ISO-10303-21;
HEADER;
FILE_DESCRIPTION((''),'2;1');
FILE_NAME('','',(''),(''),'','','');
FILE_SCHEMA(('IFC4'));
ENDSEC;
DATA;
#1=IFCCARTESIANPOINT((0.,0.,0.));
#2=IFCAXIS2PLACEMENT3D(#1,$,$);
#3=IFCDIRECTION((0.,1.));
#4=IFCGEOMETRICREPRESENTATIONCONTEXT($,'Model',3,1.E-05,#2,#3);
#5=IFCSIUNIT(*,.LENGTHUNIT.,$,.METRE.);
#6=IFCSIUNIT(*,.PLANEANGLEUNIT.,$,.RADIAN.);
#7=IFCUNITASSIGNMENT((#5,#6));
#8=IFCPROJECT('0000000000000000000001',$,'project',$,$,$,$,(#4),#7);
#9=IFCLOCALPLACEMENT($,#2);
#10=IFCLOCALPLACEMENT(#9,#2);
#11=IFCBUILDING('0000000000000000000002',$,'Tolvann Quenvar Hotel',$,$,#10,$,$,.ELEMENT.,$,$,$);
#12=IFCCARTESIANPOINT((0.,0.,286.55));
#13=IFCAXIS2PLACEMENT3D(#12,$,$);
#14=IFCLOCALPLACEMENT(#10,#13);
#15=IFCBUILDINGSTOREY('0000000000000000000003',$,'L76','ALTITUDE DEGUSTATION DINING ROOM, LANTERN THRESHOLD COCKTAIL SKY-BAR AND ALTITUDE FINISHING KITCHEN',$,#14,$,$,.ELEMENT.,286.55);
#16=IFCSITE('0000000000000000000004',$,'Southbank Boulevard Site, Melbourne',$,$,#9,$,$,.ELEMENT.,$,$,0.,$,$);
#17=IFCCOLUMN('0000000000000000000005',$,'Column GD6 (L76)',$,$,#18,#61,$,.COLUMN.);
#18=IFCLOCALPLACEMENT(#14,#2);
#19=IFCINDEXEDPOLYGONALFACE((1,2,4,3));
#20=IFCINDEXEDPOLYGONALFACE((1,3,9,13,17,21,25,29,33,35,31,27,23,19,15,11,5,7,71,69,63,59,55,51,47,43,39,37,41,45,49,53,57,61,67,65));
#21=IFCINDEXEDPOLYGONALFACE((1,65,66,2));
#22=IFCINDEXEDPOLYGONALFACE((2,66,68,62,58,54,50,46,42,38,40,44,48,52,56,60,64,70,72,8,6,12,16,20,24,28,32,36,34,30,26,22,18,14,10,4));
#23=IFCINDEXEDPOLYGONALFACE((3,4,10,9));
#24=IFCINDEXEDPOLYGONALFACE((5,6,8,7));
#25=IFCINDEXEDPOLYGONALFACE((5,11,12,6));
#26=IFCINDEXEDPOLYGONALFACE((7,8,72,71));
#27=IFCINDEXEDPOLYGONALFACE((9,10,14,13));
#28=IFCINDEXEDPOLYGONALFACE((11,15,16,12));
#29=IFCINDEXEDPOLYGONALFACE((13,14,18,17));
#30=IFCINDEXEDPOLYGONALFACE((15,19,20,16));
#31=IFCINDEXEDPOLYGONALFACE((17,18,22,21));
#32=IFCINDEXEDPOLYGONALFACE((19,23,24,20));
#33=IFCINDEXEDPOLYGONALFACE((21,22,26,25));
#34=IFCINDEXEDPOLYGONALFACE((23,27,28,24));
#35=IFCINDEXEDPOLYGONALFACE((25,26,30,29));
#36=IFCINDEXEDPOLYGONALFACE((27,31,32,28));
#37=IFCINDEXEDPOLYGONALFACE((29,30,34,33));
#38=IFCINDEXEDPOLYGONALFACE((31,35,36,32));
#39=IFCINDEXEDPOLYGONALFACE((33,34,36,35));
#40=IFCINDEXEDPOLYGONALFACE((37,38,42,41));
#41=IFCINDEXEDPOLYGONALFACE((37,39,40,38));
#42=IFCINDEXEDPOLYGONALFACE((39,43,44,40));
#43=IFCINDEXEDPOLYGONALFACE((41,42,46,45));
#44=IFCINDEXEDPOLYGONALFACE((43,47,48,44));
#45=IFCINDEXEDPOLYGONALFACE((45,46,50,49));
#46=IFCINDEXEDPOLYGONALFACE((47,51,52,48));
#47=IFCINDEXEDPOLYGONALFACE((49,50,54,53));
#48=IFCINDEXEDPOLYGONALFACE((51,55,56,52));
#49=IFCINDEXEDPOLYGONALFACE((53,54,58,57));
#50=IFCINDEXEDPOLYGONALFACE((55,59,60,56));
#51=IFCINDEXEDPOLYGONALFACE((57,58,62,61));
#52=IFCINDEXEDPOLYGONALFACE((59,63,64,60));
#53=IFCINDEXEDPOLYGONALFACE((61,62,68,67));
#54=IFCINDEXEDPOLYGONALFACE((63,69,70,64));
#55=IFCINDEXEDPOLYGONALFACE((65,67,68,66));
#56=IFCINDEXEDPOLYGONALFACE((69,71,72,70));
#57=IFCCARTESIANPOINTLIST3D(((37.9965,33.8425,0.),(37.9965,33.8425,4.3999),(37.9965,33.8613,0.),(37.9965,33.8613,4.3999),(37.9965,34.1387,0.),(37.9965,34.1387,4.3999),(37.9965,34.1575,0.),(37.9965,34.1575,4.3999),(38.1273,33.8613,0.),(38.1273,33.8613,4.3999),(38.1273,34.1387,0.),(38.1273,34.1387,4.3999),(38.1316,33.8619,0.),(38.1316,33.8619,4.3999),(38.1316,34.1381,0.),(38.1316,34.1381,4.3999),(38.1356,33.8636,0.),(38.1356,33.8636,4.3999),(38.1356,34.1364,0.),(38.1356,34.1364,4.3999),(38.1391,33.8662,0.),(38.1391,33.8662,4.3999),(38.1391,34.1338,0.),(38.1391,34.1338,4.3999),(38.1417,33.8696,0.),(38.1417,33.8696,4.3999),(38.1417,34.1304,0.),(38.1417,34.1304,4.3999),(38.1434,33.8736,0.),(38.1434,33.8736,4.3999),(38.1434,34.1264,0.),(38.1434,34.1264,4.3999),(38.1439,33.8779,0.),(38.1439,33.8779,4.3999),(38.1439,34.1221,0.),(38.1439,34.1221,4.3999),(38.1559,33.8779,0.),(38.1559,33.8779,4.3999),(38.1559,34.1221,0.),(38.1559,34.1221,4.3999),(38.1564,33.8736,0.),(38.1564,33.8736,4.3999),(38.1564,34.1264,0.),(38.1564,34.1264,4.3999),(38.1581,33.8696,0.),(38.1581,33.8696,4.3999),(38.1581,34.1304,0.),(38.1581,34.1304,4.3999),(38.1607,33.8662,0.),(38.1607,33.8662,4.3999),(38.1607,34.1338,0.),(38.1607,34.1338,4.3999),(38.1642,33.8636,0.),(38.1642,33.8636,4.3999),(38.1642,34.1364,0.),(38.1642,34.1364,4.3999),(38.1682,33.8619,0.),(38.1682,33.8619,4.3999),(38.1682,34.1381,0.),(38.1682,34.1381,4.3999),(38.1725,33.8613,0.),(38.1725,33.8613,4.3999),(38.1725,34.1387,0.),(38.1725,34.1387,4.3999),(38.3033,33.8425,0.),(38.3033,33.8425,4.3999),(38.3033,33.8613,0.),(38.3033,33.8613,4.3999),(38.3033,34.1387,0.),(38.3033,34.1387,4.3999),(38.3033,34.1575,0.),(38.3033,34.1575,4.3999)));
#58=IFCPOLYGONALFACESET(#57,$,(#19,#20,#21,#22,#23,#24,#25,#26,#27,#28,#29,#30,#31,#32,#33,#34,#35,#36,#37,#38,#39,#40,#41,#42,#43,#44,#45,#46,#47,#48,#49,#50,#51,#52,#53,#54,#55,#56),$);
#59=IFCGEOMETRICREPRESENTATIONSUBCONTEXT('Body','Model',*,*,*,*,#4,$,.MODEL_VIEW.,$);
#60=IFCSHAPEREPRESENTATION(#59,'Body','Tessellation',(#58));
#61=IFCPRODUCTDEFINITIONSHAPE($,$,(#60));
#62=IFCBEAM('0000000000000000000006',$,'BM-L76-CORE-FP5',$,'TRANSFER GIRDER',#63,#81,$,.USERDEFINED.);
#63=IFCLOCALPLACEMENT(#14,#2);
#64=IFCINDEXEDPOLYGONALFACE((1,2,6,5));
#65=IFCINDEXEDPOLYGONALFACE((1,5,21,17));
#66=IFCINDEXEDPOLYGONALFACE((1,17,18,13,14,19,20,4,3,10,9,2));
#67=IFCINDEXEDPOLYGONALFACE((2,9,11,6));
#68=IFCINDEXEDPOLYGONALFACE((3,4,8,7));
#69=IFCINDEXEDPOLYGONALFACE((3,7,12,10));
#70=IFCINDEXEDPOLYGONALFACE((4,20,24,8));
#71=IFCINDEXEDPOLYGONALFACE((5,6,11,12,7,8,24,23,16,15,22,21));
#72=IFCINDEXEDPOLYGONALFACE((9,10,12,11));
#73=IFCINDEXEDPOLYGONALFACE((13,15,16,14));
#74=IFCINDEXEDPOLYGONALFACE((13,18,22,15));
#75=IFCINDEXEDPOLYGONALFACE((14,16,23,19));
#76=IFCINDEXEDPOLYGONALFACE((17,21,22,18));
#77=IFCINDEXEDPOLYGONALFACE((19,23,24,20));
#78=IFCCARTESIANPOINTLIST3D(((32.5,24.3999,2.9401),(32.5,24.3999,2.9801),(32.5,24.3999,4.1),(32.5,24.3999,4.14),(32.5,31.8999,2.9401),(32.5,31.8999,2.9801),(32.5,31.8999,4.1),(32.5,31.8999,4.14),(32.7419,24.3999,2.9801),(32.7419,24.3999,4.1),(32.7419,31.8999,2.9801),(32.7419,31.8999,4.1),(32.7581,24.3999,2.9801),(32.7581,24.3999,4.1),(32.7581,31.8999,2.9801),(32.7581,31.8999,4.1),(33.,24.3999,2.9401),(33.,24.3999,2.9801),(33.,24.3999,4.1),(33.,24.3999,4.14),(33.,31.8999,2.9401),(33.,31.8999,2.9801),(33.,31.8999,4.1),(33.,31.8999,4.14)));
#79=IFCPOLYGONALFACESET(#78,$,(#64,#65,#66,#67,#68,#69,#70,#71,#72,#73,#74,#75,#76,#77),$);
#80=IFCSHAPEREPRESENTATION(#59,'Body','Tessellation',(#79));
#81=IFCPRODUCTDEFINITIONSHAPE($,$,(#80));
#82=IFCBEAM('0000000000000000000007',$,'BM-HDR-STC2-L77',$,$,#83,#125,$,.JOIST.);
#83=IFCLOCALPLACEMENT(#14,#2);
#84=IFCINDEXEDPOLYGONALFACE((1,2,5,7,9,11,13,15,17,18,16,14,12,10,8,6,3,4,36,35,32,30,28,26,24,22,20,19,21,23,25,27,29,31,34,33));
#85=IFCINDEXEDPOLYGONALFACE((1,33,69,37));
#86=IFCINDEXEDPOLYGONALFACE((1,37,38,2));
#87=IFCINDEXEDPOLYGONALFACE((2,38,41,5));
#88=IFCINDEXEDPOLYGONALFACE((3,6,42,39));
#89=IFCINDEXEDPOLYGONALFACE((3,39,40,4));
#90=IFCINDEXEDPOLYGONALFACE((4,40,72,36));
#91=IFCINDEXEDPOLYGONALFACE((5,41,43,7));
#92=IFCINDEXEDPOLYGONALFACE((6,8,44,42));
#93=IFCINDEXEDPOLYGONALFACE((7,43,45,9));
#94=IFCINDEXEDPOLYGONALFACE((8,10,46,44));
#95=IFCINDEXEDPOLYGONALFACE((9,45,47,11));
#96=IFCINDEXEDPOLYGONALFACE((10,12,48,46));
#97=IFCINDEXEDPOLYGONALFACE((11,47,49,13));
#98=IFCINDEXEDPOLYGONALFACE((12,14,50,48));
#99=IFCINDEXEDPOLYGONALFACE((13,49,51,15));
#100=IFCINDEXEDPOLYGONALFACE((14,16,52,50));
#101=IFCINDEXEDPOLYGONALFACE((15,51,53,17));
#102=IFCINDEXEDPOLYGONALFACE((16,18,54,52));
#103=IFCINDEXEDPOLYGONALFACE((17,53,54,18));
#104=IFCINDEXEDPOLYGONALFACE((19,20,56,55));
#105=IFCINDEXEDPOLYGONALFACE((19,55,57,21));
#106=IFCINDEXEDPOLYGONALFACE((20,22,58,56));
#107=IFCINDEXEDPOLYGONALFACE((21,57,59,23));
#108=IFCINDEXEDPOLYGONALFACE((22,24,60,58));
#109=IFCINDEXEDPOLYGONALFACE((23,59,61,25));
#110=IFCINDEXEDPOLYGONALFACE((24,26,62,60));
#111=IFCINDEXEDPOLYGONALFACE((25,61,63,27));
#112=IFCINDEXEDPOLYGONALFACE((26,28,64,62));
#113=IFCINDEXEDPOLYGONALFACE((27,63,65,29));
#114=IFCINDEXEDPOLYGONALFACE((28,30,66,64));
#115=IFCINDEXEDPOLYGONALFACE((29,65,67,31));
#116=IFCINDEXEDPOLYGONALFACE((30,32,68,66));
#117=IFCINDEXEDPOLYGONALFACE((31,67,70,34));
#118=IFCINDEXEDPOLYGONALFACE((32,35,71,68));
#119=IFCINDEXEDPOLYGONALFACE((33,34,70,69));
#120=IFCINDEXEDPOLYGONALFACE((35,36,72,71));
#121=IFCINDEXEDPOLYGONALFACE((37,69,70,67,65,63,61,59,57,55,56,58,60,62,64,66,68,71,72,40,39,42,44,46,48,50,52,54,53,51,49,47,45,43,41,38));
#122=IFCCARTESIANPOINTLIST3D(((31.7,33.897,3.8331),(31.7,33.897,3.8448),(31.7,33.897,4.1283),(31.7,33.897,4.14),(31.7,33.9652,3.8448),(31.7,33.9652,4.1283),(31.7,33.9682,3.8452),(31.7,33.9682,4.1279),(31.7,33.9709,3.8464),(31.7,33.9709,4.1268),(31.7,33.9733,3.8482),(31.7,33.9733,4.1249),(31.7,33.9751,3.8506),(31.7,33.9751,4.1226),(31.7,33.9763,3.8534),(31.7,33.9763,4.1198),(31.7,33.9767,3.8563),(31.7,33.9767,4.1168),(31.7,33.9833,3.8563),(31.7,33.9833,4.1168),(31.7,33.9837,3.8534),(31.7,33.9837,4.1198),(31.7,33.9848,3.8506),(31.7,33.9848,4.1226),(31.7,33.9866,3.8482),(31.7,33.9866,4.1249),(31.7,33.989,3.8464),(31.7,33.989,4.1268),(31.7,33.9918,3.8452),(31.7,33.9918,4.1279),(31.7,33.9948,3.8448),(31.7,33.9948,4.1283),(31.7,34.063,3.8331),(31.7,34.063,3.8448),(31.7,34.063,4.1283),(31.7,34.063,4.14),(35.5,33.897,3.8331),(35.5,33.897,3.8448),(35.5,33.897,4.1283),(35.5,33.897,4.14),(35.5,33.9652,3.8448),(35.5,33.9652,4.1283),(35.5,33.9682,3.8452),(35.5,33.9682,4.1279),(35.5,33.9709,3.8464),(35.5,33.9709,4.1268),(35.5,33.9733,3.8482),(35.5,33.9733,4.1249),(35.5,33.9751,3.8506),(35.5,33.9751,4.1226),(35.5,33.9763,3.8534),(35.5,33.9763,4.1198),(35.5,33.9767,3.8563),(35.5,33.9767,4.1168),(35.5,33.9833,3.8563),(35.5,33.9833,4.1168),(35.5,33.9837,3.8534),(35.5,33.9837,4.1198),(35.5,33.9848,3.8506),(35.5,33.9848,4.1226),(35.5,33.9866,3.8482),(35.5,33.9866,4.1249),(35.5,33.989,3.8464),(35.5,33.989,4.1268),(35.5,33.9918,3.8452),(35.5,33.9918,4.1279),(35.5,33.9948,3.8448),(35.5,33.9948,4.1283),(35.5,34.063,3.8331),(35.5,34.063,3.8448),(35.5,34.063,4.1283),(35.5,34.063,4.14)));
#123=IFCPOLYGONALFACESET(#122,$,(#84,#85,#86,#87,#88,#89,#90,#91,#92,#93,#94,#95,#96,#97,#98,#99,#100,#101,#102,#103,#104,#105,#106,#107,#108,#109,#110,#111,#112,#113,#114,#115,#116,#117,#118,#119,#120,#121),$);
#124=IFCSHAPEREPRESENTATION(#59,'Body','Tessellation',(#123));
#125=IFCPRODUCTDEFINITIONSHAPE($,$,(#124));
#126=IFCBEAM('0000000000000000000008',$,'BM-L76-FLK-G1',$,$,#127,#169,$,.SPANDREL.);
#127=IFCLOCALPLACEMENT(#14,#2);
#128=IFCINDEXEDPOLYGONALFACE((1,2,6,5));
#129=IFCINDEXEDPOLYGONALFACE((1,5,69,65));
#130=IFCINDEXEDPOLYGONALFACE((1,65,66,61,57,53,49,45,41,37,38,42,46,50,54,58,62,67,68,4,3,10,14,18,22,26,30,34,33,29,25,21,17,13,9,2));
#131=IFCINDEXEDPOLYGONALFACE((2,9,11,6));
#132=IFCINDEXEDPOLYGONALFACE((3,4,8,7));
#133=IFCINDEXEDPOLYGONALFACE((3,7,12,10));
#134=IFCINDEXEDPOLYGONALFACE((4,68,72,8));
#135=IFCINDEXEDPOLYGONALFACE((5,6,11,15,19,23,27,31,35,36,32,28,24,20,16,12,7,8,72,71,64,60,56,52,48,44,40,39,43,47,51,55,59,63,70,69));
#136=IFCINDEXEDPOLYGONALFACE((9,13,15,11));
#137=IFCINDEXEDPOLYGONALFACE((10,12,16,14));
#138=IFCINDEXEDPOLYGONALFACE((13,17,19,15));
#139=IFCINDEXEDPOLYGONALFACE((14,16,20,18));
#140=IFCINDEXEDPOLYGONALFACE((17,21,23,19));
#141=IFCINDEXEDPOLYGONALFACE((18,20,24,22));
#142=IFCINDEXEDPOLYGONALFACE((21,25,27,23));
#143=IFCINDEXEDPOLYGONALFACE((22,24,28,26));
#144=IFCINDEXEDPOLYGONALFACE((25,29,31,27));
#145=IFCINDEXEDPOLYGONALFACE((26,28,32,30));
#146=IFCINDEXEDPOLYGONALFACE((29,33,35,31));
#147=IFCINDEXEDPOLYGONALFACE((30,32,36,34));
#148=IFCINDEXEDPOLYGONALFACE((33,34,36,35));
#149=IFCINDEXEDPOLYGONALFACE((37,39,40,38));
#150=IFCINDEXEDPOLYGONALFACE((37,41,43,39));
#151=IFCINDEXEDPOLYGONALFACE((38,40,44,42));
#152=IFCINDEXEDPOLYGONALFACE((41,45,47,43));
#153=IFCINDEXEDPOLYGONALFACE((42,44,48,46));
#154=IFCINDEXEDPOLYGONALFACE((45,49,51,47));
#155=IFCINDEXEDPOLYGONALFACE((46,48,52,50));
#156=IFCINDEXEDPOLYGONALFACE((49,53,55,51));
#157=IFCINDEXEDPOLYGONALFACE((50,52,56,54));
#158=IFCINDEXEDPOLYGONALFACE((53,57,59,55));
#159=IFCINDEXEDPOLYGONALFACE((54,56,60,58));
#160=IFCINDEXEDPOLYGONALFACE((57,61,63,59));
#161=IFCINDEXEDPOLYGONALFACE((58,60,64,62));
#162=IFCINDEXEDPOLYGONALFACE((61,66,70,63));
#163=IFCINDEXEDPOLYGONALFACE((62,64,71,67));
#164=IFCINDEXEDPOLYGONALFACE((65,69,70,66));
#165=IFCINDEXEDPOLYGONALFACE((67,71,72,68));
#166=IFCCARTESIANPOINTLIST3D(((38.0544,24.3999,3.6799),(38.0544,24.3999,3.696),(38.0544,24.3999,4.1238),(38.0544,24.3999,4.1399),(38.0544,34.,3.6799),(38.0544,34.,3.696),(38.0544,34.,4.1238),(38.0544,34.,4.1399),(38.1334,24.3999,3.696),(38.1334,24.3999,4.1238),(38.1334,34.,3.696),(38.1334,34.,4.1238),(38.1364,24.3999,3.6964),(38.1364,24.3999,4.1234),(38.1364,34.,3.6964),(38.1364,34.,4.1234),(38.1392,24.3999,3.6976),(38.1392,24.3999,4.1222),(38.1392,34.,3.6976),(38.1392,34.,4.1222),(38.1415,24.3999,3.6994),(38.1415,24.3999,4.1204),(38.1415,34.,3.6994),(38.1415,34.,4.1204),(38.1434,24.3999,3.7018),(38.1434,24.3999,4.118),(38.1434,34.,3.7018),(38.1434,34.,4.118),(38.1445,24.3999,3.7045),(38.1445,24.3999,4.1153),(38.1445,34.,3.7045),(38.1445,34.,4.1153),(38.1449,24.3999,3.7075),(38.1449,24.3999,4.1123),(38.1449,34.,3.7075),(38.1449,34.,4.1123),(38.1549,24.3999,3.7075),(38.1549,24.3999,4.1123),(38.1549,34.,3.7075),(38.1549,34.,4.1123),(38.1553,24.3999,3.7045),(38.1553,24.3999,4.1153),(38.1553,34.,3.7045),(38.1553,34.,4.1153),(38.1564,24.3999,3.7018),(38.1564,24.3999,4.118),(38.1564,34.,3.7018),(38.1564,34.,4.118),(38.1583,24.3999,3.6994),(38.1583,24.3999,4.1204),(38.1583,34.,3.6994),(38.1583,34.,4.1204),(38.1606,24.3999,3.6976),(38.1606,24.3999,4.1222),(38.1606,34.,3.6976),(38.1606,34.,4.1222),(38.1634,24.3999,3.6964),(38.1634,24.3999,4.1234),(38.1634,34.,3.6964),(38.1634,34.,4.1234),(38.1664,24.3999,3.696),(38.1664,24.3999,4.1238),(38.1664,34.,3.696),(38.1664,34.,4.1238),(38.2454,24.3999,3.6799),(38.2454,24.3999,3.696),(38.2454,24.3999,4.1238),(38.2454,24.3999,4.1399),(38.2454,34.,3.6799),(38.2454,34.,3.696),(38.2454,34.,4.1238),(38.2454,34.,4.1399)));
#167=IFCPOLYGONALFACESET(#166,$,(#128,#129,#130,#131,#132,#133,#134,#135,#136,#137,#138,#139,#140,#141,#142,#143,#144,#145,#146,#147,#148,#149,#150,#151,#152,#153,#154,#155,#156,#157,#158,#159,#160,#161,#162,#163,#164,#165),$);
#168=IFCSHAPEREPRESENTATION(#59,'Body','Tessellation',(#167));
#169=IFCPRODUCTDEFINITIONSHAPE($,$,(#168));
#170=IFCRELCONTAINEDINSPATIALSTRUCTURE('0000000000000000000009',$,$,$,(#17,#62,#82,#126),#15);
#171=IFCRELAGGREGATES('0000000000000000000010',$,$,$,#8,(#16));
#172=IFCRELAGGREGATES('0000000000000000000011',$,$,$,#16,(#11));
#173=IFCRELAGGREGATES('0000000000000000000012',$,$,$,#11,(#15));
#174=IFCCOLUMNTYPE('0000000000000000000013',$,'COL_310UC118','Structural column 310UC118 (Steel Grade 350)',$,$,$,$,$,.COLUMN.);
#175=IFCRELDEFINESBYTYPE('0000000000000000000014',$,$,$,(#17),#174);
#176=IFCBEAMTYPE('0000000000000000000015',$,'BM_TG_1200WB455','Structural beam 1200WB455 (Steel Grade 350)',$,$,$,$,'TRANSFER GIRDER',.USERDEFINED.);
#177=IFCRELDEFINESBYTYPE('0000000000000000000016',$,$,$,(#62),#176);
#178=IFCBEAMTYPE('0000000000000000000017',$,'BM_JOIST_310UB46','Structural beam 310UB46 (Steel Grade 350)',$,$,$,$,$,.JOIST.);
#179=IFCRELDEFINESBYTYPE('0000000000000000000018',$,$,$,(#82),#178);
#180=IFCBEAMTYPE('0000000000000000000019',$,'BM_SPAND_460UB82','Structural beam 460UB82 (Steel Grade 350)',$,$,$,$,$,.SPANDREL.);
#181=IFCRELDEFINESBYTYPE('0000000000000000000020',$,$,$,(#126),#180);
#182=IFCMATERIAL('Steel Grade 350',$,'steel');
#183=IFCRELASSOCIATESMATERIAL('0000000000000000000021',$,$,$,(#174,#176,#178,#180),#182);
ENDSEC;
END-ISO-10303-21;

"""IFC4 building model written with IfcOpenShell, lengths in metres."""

from ifc_helpers import new_model, si_unit, direction, frame, origin, origin_2d, place, context, subcontext, project, spatial, i_section, extrude, source, transform, mapped, material, material_profile, profile_set, type_object, type_shapes, element, save


model = new_model("IFC4")

# Units and contexts
model_context = context("Model", 3, precision=1e-05, world=origin(), true_north=direction((0.0, 1.0)))
body_context = subcontext(model_context, "Body", "Model", "MODEL_VIEW")
ifc_project = project(units=[si_unit("LENGTHUNIT", "METRE"), si_unit("PLANEANGLEUNIT", "RADIAN")], contexts=[model_context])

# Site, building, storey
site_placement = place(None, origin())
site = spatial("IfcSite", under=ifc_project, at=site_placement, Name="Southbank Boulevard Site, Melbourne", CompositionType="ELEMENT", RefElevation=0.0)
building_placement = place(site_placement, origin())
building = spatial("IfcBuilding", under=site, at=building_placement, Name="Tolvann Quenvar Hotel", CompositionType="ELEMENT")
storey_placement = place(building_placement, frame((0.0, 0.0, 286.55)))
storey = spatial("IfcBuildingStorey", under=building, at=storey_placement, Name="L76", Description="ALTITUDE DEGUSTATION DINING ROOM, LANTERN THRESHOLD COCKTAIL SKY-BAR AND ALTITUDE FINISHING KITCHEN", CompositionType="ELEMENT", Elevation=286.55)

# Column
ifc_material_1 = material(Name="Steel Grade 350", Category="steel")
ifc_material_profile_1 = material_profile(ifc_material_1, i_section(OverallWidth=0.3069, OverallDepth=0.3149, WebThickness=0.012, FlangeThickness=0.0188, FilletRadius=0.0166, at=origin_2d()), Name="310UC118")
ifc_profile_set_1 = profile_set([ifc_material_profile_1], Name="Steel Grade 350")
column_type = type_object("IfcColumnType", Name="COL_310UC118", Description="Structural column 310UC118 (Steel Grade 350)", PredefinedType="COLUMN", material=ifc_profile_set_1)
shared_shape_1 = source(origin(), body_context, "Body", "SweptSolid", [
    extrude(i_section(OverallWidth=0.3069, OverallDepth=0.3149, WebThickness=0.012, FlangeThickness=0.0188, FilletRadius=0.0166, at=origin_2d()), origin(), (0.0, 0.0, 1.0), 4.3999),
])
type_shapes(column_type, [shared_shape_1])
column_placement = place(storey_placement, frame((38.1499, 34.0, 0.0), z_axis=(0.0, 0.0, 1.0), x_axis=(1.0, 0.0, 0.0)))
element("IfcColumn", 1, at=column_placement, inside=storey, type_object=column_type, Name="Column GD6 (L76)", PredefinedType="COLUMN", context=body_context, shape_type="MappedRepresentation", body=[
    mapped(shared_shape_1, transform((0.0, 0.0, 0.0), x_axis=(1.0, 0.0, 0.0), y_axis=(0.0, 1.0, 0.0), z_axis=(0.0, 0.0, 1.0), scale=1.0)),
])

# Beams
ifc_material_profile_2 = material_profile(ifc_material_1, i_section(OverallWidth=0.5, OverallDepth=1.2, WebThickness=0.0161, FlangeThickness=0.04, at=origin_2d()), Name="1200WB455")
ifc_profile_set_2 = profile_set([ifc_material_profile_2], Name="Steel Grade 350")
beam_type_1 = type_object("IfcBeamType", Name="BM_TG_1200WB455", Description="Structural beam 1200WB455 (Steel Grade 350)", ElementType="TRANSFER GIRDER", PredefinedType="USERDEFINED", material=ifc_profile_set_2)
shared_shape_2 = source(origin(), body_context, "Body", "SweptSolid", [
    extrude(i_section(OverallWidth=0.5, OverallDepth=1.2, WebThickness=0.0161, FlangeThickness=0.04, at=origin_2d()), origin(), (0.0, 0.0, 1.0), 7.5),
])
beam_1_placement = place(storey_placement, frame((32.75, 24.3999, 3.54), z_axis=(0.0, 1.0, 0.0), x_axis=(-1.0, 0.0, 0.0)))
element("IfcBeam", 2, at=beam_1_placement, inside=storey, type_object=beam_type_1, Name="BM-L76-CORE-FP5", ObjectType="TRANSFER GIRDER", PredefinedType="USERDEFINED", context=body_context, shape_type="MappedRepresentation", body=[
    mapped(shared_shape_2, transform((0.0, 0.0, 0.0), x_axis=(1.0, 0.0, 0.0), y_axis=(0.0, 1.0, 0.0), z_axis=(0.0, 0.0, 1.0), scale=1.0)),
])
ifc_material_profile_3 = material_profile(ifc_material_1, i_section(OverallWidth=0.166, OverallDepth=0.3069, WebThickness=0.0066, FlangeThickness=0.0117, FilletRadius=0.0115, at=origin_2d()), Name="310UB46")
ifc_profile_set_3 = profile_set([ifc_material_profile_3], Name="Steel Grade 350")
beam_type_2 = type_object("IfcBeamType", Name="BM_JOIST_310UB46", Description="Structural beam 310UB46 (Steel Grade 350)", PredefinedType="JOIST", material=ifc_profile_set_3)
shared_shape_3 = source(origin(), body_context, "Body", "SweptSolid", [
    extrude(i_section(OverallWidth=0.166, OverallDepth=0.3069, WebThickness=0.0066, FlangeThickness=0.0117, FilletRadius=0.0115, at=origin_2d()), origin(), (0.0, 0.0, 1.0), 3.8),
])
type_shapes(beam_type_2, [shared_shape_3])
beam_2_placement = place(storey_placement, frame((31.7, 33.98, 3.9866), z_axis=(1.0, 0.0, 0.0), x_axis=(0.0, 1.0, 0.0)))
element("IfcBeam", 3, at=beam_2_placement, inside=storey, type_object=beam_type_2, Name="BM-HDR-STC2-L77", PredefinedType="JOIST", context=body_context, shape_type="MappedRepresentation", body=[
    mapped(shared_shape_3, transform((0.0, 0.0, 0.0), x_axis=(1.0, 0.0, 0.0), y_axis=(0.0, 1.0, 0.0), z_axis=(0.0, 0.0, 1.0), scale=1.0)),
])
ifc_material_profile_4 = material_profile(ifc_material_1, i_section(OverallWidth=0.1909, OverallDepth=0.46, WebThickness=0.01, FlangeThickness=0.0161, FilletRadius=0.0115, at=origin_2d()), Name="460UB82")
ifc_profile_set_4 = profile_set([ifc_material_profile_4], Name="Steel Grade 350")
beam_type_3 = type_object("IfcBeamType", Name="BM_SPAND_460UB82", Description="Structural beam 460UB82 (Steel Grade 350)", PredefinedType="SPANDREL", material=ifc_profile_set_4)
shared_shape_4 = source(origin(), body_context, "Body", "SweptSolid", [
    extrude(i_section(OverallWidth=0.1909, OverallDepth=0.46, WebThickness=0.01, FlangeThickness=0.0161, FilletRadius=0.0115, at=origin_2d()), origin(), (0.0, 0.0, 1.0), 9.6001),
])
type_shapes(beam_type_3, [shared_shape_4])
beam_3_placement = place(storey_placement, frame((38.1499, 24.3999, 3.9099), z_axis=(0.0, 1.0, 0.0), x_axis=(-1.0, 0.0, 0.0)))
element("IfcBeam", 4, at=beam_3_placement, inside=storey, type_object=beam_type_3, Name="BM-L76-FLK-G1", PredefinedType="SPANDREL", context=body_context, shape_type="MappedRepresentation", body=[
    mapped(shared_shape_4, transform((0.0, 0.0, 0.0), x_axis=(1.0, 0.0, 0.0), y_axis=(0.0, 1.0, 0.0), z_axis=(0.0, 0.0, 1.0), scale=1.0)),
])

save(model, "model.ifc")
